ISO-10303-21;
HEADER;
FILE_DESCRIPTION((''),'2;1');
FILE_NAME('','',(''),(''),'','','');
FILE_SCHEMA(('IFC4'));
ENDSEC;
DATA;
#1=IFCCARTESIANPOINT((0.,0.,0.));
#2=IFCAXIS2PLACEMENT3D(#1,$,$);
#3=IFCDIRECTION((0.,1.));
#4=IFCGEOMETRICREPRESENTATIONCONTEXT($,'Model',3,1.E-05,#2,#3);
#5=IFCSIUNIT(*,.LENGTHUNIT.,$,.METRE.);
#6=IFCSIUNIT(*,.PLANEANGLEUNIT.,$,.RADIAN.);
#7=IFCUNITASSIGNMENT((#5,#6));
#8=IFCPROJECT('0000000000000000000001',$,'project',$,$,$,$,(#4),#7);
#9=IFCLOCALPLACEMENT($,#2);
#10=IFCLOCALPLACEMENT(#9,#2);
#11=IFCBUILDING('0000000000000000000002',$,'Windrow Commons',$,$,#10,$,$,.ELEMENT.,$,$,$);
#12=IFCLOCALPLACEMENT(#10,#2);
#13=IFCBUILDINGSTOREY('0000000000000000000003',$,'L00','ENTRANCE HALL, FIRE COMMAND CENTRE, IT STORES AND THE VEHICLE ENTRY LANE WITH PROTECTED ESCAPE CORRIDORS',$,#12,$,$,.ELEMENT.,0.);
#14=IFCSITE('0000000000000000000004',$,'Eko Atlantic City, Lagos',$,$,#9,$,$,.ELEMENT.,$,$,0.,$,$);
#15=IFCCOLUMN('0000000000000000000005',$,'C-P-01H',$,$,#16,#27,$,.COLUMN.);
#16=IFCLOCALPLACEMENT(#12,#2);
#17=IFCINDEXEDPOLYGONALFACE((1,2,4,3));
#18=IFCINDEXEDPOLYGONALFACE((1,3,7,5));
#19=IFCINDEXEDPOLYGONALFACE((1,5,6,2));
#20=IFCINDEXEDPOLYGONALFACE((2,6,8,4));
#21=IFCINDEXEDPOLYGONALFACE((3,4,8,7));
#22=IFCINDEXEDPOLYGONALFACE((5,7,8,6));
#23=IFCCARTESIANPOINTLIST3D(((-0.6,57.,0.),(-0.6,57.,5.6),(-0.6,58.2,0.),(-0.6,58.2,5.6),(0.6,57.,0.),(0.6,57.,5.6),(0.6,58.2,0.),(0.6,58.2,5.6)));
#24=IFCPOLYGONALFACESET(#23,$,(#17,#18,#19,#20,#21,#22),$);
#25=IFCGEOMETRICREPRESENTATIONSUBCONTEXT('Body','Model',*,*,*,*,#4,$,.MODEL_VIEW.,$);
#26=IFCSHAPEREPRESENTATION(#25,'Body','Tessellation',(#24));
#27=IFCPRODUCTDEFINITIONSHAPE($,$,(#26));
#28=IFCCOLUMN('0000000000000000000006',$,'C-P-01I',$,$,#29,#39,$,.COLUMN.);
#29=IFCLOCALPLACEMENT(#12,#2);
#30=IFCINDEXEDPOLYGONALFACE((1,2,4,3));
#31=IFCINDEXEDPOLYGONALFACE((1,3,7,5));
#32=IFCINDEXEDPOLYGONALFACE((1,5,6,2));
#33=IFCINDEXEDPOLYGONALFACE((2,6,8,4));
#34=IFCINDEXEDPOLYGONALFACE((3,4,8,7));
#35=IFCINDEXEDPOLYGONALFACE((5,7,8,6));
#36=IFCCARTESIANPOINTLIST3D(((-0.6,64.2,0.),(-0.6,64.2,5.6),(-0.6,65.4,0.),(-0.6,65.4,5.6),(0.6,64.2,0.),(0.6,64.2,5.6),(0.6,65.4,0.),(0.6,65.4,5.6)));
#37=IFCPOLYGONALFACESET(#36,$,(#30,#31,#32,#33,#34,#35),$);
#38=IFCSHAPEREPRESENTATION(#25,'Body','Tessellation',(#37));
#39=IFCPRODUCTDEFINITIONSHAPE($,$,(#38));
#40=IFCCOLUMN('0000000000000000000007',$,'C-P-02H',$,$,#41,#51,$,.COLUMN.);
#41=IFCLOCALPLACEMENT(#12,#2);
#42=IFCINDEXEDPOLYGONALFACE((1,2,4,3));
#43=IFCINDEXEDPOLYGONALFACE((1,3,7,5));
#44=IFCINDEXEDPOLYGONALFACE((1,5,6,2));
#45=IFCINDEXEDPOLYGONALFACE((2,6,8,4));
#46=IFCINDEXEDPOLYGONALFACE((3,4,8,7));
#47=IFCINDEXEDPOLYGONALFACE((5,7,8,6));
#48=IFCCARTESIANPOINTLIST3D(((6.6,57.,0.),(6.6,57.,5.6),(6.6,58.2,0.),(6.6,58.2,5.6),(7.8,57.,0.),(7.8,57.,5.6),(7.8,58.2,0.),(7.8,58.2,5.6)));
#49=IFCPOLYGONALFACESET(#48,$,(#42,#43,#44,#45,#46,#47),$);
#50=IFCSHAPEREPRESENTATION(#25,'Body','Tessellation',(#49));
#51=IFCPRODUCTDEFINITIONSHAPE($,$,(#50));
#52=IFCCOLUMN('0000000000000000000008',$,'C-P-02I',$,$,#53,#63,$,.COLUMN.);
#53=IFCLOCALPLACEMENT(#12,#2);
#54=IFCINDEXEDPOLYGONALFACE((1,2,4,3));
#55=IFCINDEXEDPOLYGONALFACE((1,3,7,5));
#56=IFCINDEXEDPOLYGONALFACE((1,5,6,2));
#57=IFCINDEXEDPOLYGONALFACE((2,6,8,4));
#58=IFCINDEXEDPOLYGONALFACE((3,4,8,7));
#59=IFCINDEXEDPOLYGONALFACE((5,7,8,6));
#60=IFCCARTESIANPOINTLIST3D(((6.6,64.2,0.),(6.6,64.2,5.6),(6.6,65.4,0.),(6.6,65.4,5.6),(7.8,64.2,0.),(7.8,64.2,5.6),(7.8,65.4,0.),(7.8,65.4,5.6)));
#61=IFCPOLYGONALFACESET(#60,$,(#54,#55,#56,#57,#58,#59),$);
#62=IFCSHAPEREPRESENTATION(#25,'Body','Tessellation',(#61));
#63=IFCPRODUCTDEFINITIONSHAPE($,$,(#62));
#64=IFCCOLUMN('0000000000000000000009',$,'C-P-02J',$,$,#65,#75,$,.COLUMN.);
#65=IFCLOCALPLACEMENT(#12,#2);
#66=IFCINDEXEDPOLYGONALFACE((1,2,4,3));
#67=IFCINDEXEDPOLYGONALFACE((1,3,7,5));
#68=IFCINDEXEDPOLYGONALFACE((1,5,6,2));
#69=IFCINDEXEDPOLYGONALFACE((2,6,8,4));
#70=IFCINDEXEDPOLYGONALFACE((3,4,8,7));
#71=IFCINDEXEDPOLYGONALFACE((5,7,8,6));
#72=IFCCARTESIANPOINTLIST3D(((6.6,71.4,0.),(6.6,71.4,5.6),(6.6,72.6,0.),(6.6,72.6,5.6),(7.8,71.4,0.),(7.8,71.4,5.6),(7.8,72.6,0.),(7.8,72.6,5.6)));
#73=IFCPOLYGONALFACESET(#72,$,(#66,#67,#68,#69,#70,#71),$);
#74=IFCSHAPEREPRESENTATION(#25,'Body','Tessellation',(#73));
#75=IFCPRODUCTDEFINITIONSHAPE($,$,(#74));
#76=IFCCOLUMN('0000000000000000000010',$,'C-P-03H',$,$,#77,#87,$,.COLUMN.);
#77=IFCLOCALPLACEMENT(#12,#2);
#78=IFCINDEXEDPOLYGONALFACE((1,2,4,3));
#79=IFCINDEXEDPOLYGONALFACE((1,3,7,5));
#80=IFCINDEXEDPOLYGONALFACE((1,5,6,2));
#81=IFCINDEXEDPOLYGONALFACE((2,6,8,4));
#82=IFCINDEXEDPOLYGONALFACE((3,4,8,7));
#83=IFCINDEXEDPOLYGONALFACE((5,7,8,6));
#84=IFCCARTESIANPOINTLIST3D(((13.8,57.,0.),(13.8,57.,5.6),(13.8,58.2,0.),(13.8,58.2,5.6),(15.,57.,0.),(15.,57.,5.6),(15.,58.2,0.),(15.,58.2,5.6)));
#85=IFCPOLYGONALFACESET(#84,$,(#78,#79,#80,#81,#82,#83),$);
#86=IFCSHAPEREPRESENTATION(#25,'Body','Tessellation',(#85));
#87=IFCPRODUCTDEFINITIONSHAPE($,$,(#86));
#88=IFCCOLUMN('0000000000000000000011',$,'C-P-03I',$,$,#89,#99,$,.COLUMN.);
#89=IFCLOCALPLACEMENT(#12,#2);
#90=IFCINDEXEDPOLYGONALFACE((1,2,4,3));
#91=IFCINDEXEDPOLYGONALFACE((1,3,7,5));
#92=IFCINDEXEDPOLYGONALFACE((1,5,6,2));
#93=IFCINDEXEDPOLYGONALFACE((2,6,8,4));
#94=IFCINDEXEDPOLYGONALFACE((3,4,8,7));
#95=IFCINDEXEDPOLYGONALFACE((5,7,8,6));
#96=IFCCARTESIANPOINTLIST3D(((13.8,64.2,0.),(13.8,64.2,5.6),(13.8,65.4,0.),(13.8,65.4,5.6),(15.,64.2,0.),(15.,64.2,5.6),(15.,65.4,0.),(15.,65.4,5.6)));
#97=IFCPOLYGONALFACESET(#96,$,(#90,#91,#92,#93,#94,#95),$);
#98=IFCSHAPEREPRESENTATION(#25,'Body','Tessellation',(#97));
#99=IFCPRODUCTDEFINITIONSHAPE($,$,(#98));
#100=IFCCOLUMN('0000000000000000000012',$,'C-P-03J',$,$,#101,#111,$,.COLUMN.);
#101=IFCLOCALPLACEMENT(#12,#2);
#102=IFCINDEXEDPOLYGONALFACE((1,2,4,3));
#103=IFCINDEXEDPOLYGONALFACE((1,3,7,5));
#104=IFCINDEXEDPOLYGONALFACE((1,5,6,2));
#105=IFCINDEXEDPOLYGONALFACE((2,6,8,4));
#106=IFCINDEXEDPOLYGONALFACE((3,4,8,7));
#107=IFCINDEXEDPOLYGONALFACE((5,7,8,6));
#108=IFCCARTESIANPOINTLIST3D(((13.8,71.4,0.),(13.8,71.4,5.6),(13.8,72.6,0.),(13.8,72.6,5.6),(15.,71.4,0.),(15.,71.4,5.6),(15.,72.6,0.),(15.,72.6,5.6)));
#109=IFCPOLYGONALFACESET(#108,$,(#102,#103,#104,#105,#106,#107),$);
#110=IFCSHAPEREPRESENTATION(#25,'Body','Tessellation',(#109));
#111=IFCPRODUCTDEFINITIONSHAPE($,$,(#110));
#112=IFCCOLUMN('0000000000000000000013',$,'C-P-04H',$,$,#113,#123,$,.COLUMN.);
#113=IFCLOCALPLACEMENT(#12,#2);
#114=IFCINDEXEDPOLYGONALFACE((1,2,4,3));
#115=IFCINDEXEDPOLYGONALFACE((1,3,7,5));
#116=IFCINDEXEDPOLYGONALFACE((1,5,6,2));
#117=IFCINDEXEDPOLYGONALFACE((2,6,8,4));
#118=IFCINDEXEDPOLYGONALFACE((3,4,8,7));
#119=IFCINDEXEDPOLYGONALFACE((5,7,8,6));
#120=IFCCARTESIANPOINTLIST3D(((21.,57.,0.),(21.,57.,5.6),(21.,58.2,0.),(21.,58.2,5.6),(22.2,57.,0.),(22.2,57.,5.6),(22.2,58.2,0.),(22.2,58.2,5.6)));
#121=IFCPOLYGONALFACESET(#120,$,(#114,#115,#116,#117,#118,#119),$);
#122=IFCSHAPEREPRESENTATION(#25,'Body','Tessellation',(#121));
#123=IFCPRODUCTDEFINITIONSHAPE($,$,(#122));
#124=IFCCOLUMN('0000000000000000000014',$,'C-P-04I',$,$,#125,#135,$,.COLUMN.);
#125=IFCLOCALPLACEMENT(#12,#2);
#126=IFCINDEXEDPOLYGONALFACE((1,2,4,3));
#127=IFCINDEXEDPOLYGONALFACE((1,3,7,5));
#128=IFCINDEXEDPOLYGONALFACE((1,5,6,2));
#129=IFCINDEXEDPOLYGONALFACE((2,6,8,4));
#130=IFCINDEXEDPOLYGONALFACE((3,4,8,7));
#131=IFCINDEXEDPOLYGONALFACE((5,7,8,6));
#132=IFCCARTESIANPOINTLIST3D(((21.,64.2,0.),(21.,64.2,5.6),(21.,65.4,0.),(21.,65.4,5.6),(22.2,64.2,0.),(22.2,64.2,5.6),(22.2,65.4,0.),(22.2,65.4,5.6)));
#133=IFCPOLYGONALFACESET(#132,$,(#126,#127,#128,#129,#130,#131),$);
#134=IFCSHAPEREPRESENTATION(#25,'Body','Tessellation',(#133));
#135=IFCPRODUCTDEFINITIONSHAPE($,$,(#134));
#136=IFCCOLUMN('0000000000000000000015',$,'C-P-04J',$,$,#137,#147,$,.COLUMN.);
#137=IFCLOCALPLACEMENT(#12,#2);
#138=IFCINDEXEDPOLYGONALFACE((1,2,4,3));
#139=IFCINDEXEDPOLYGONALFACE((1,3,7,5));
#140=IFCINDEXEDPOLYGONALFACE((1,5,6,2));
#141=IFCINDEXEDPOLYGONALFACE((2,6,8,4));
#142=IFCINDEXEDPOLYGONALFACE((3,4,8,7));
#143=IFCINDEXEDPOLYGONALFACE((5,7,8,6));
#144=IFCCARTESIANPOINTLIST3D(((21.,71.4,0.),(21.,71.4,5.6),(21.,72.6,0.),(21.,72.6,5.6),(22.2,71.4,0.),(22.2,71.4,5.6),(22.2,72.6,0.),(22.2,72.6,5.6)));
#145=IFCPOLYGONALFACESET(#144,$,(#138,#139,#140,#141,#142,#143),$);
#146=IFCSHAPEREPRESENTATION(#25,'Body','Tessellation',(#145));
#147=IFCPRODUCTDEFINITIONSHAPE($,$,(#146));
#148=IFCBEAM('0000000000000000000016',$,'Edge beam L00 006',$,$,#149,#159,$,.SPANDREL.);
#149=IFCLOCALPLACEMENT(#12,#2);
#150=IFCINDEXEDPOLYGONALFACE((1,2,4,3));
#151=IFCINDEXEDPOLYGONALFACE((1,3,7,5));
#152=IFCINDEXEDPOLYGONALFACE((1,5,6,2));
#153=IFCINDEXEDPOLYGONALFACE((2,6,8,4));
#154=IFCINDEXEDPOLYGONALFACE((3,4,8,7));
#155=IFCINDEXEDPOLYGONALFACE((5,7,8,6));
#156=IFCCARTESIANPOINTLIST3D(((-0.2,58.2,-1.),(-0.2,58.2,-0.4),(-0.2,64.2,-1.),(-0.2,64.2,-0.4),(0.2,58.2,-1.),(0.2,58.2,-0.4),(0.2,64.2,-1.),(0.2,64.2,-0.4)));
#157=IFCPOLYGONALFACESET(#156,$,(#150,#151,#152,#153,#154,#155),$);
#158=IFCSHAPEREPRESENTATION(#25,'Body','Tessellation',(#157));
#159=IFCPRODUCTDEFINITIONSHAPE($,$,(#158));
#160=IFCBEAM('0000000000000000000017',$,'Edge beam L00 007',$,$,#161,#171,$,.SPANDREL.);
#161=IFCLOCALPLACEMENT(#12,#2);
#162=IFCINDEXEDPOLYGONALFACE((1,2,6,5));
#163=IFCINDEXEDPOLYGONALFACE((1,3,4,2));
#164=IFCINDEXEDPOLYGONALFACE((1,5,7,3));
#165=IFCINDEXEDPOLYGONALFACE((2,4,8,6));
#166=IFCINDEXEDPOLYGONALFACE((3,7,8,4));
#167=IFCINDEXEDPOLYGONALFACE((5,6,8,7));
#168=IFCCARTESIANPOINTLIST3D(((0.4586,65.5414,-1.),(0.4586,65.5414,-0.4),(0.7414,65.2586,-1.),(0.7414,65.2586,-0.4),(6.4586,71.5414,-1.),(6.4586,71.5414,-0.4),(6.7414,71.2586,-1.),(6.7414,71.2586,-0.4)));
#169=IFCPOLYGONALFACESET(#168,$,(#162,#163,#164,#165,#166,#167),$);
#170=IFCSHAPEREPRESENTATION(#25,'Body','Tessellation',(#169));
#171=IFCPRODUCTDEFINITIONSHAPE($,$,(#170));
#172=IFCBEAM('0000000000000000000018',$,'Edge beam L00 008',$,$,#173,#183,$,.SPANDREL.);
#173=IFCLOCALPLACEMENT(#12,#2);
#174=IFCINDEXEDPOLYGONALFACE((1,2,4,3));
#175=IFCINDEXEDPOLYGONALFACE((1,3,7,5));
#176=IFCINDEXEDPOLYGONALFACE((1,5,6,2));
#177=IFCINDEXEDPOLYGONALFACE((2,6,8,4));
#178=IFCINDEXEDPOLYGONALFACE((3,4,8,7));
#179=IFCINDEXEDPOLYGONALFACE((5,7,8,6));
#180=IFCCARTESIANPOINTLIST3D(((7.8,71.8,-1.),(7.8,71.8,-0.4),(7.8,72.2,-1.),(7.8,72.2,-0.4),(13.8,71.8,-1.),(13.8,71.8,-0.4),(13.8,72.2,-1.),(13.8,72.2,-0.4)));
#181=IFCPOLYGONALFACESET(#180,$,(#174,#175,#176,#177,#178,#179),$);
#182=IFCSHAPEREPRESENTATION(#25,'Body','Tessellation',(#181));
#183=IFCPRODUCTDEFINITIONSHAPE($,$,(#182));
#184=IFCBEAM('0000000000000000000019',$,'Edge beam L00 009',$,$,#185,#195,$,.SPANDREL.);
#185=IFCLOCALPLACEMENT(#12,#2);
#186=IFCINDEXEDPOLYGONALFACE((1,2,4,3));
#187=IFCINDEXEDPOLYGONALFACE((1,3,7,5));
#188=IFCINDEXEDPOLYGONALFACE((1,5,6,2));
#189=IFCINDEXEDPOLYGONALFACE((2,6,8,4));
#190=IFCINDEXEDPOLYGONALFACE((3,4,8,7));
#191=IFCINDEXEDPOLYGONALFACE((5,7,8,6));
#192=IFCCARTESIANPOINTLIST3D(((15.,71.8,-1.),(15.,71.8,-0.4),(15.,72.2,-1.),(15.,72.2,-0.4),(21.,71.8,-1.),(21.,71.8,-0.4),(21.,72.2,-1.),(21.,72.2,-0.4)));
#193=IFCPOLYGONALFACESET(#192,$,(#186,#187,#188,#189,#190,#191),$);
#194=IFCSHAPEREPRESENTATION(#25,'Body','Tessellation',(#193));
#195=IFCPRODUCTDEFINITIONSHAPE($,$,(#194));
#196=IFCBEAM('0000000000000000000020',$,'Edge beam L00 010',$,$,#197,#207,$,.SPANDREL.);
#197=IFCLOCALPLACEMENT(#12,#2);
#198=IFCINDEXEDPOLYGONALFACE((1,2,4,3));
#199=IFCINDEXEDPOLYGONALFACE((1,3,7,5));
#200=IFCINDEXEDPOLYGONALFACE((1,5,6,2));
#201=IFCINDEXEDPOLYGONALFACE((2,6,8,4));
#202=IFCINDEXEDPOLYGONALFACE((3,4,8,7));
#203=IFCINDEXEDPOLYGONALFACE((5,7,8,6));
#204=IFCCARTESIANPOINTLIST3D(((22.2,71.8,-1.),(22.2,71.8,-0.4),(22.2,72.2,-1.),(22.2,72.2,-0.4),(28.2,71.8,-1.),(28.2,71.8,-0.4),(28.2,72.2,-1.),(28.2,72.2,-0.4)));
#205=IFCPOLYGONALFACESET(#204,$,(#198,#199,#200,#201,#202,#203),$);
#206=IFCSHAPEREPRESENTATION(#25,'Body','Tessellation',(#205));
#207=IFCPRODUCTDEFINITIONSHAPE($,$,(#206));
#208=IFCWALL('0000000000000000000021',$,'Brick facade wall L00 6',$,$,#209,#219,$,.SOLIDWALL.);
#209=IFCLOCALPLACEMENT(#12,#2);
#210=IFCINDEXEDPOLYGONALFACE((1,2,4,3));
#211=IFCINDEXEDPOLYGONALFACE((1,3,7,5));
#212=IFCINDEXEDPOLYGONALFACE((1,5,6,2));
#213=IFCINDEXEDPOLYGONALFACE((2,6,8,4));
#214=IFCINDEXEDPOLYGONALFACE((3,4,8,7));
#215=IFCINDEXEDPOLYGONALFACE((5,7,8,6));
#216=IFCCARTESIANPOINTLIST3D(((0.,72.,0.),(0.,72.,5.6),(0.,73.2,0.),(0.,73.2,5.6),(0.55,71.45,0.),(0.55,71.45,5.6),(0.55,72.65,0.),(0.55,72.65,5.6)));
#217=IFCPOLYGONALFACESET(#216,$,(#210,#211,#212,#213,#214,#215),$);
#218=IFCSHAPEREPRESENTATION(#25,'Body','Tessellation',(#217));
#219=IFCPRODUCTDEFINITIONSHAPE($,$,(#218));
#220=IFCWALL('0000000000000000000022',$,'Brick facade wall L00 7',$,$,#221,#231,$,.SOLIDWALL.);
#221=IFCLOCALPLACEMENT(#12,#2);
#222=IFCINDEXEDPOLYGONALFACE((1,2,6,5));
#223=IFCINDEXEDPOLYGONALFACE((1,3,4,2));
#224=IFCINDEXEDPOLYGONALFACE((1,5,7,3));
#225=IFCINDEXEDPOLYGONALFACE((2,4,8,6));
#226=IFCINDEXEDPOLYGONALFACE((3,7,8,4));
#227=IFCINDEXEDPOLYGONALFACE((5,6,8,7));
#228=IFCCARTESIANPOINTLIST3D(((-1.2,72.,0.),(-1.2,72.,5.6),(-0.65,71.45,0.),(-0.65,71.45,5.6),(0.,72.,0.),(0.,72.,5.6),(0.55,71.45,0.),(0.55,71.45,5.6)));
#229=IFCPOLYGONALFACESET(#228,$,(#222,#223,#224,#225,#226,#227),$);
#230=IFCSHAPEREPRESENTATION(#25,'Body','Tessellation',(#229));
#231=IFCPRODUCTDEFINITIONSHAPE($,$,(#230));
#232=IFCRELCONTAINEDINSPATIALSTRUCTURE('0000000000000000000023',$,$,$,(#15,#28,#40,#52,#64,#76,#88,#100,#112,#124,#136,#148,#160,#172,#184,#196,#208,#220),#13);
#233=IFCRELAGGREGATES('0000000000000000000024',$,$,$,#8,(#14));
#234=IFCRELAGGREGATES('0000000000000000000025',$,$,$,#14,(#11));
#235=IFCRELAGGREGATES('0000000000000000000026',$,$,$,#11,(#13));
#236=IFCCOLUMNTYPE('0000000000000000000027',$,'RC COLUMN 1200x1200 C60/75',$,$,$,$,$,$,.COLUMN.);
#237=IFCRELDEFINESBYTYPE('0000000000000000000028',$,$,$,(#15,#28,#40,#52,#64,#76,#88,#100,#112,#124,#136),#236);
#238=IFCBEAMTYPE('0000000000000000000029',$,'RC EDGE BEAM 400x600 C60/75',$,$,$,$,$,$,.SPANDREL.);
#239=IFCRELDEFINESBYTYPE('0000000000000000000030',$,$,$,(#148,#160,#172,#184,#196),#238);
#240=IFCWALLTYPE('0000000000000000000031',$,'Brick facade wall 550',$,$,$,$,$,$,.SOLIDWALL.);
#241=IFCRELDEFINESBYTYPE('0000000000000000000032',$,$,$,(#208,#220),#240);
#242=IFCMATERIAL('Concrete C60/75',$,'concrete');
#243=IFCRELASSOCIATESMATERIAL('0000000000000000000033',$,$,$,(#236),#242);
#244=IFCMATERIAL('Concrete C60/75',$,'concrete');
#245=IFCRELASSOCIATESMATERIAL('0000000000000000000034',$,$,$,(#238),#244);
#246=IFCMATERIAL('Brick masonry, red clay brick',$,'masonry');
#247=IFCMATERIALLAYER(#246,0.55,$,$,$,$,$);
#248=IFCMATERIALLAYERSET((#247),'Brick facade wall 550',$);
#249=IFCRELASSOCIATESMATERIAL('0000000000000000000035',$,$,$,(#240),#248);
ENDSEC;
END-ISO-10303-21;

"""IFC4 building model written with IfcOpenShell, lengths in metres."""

from ifc_helpers import new_model, si_unit, direction, frame, origin, origin_2d, place, context, subcontext, project, spatial, polyline, rectangle, outline, extrude, material, layer, layer_set, material_profile, profile_set, type_object, element, save


model = new_model("IFC4")

# Units and contexts
model_context = context("Model", 3, precision=1e-05, world=origin(), true_north=direction((0.0, 1.0)))
body_context = subcontext(model_context, "Body", "Model", "MODEL_VIEW")
ifc_project = project(units=[si_unit("LENGTHUNIT", "METRE"), si_unit("PLANEANGLEUNIT", "RADIAN")], contexts=[model_context])

# Site, building, storey
site_placement = place(None, origin())
site = spatial("IfcSite", under=ifc_project, at=site_placement, Name="Eko Atlantic City, Lagos", CompositionType="ELEMENT", RefElevation=0.0)
building_placement = place(site_placement, origin())
building = spatial("IfcBuilding", under=site, at=building_placement, Name="Windrow Commons", CompositionType="ELEMENT")
storey_placement = place(building_placement, origin())
storey = spatial("IfcBuildingStorey", under=building, at=storey_placement, Name="L00", Description="ENTRANCE HALL, FIRE COMMAND CENTRE, IT STORES AND THE VEHICLE ENTRY LANE WITH PROTECTED ESCAPE CORRIDORS", CompositionType="ELEMENT", Elevation=0.0)

# Columns
ifc_material_1 = material(Name="Concrete C60/75", Category="concrete")
ifc_material_profile_1 = material_profile(ifc_material_1, rectangle(XDim=1.2, YDim=1.2, at=origin_2d()))
ifc_profile_set_1 = profile_set([ifc_material_profile_1], Name="Concrete C60/75")
column_type = type_object("IfcColumnType", Name="RC COLUMN 1200x1200 C60/75", PredefinedType="COLUMN", material=ifc_profile_set_1)
for number, where, z_axis, x_axis, name in (
    (1, (0.0, 57.6, 0.0), (0.0, 0.0, 1.0), (1.0, 0.0, 0.0), "C-P-01H"),
    (2, (0.0, 64.8, 0.0), (0.0, 0.0, 1.0), (1.0, 0.0, 0.0), "C-P-01I"),
    (3, (7.2, 57.6, 0.0), (0.0, 0.0, 1.0), (1.0, 0.0, 0.0), "C-P-02H"),
    (4, (7.2, 64.8, 0.0), (0.0, 0.0, 1.0), (1.0, 0.0, 0.0), "C-P-02I"),
    (5, (7.2, 72.0, 0.0), (0.0, 0.0, 1.0), (1.0, 0.0, 0.0), "C-P-02J"),
    (6, (14.4, 57.6, 0.0), (0.0, 0.0, 1.0), (1.0, 0.0, 0.0), "C-P-03H"),
    (7, (14.4, 64.8, 0.0), (0.0, 0.0, 1.0), (1.0, 0.0, 0.0), "C-P-03I"),
    (8, (14.4, 72.0, 0.0), (0.0, 0.0, 1.0), (1.0, 0.0, 0.0), "C-P-03J"),
    (9, (21.6, 57.6, 0.0), (0.0, 0.0, 1.0), (1.0, 0.0, 0.0), "C-P-04H"),
    (10, (21.6, 64.8, 0.0), (0.0, 0.0, 1.0), (1.0, 0.0, 0.0), "C-P-04I"),
    (11, (21.6, 72.0, 0.0), (0.0, 0.0, 1.0), (1.0, 0.0, 0.0), "C-P-04J"),
):
    element("IfcColumn", number, at=place(storey_placement, frame(where, z_axis=z_axis, x_axis=x_axis)), inside=storey, type_object=column_type, Name=name, PredefinedType="COLUMN", context=body_context, shape_type="SweptSolid", body=[
        extrude(rectangle(XDim=1.2, YDim=1.2, at=origin_2d()), origin(), (0.0, 0.0, 1.0), 5.6),
    ])

# Beams
ifc_material_2 = material(Name="Concrete C60/75", Category="concrete")
ifc_material_profile_2 = material_profile(ifc_material_2, rectangle(XDim=0.4, YDim=0.6, at=origin_2d()))
ifc_profile_set_2 = profile_set([ifc_material_profile_2], Name="Concrete C60/75")
beam_type = type_object("IfcBeamType", Name="RC EDGE BEAM 400x600 C60/75", PredefinedType="SPANDREL", material=ifc_profile_set_2)
beam_1_placement = place(storey_placement, frame((0.0, 58.2, -0.7), z_axis=(0.0, 1.0, 0.0), x_axis=(-1.0, 0.0, 0.0)))
element("IfcBeam", 12, at=beam_1_placement, inside=storey, type_object=beam_type, Name="Edge beam L00 006", PredefinedType="SPANDREL", context=body_context, shape_type="SweptSolid", body=[
    extrude(rectangle(XDim=0.4, YDim=0.6, at=origin_2d()), origin(), (0.0, 0.0, 1.0), 6.0),
])
beam_2_placement = place(storey_placement, frame((0.6, 65.4, -0.7), z_axis=(0.707107, 0.707107, 0.0), x_axis=(-0.707107, 0.707107, 0.0)))
element("IfcBeam", 13, at=beam_2_placement, inside=storey, type_object=beam_type, Name="Edge beam L00 007", PredefinedType="SPANDREL", context=body_context, shape_type="SweptSolid", body=[
    extrude(rectangle(XDim=0.4, YDim=0.6, at=origin_2d()), origin(), (0.0, 0.0, 1.0), 8.4853),
])
for number, where, z_axis, x_axis, name in (
    (14, (7.8, 72.0, -0.7), (1.0, 0.0, 0.0), (0.0, 1.0, 0.0), "Edge beam L00 008"),
    (15, (15.0, 72.0, -0.7), (1.0, 0.0, 0.0), (0.0, 1.0, 0.0), "Edge beam L00 009"),
    (16, (22.2, 72.0, -0.7), (1.0, 0.0, 0.0), (0.0, 1.0, 0.0), "Edge beam L00 010"),
):
    element("IfcBeam", number, at=place(storey_placement, frame(where, z_axis=z_axis, x_axis=x_axis)), inside=storey, type_object=beam_type, Name=name, PredefinedType="SPANDREL", context=body_context, shape_type="SweptSolid", body=[
        extrude(rectangle(XDim=0.4, YDim=0.6, at=origin_2d()), origin(), (0.0, 0.0, 1.0), 6.0),
    ])

# Walls
ifc_material_3 = material(Name="Brick masonry, red clay brick", Category="masonry")
ifc_layer = layer(ifc_material_3, 0.55)
ifc_layer_set = layer_set([ifc_layer], Name="Brick facade wall 550")
wall_type = type_object("IfcWallType", Name="Brick facade wall 550", PredefinedType="SOLIDWALL", material=ifc_layer_set)
wall_1_placement = place(storey_placement, frame((0.275, 72.925, 0.0), z_axis=(0.0, 0.0, 1.0), x_axis=(0.0, -1.0, 0.0)))
element("IfcWall", 17, at=wall_1_placement, inside=storey, type_object=wall_type, Name="Brick facade wall L00 6", PredefinedType="SOLIDWALL", context=body_context, shape_type="SweptSolid", body=[
    extrude(outline(polyline([(-0.275, -0.275), (0.925, -0.275), (1.475, 0.275), (0.275, 0.275), (-0.275, -0.275)])), origin(), (0.0, 0.0, 1.0), 5.6),
])
wall_2_placement = place(storey_placement, frame((0.275, 71.725, 0.0), z_axis=(0.0, 0.0, 1.0), x_axis=(-1.0, 0.0, 0.0)))
element("IfcWall", 18, at=wall_2_placement, inside=storey, type_object=wall_type, Name="Brick facade wall L00 7", PredefinedType="SOLIDWALL", context=body_context, shape_type="SweptSolid", body=[
    extrude(outline(polyline([(0.275, -0.275), (1.475, -0.275), (0.925, 0.275), (-0.275, 0.275), (0.275, -0.275)])), origin(), (0.0, 0.0, 1.0), 5.6),
])

save(model, "model.ifc")
